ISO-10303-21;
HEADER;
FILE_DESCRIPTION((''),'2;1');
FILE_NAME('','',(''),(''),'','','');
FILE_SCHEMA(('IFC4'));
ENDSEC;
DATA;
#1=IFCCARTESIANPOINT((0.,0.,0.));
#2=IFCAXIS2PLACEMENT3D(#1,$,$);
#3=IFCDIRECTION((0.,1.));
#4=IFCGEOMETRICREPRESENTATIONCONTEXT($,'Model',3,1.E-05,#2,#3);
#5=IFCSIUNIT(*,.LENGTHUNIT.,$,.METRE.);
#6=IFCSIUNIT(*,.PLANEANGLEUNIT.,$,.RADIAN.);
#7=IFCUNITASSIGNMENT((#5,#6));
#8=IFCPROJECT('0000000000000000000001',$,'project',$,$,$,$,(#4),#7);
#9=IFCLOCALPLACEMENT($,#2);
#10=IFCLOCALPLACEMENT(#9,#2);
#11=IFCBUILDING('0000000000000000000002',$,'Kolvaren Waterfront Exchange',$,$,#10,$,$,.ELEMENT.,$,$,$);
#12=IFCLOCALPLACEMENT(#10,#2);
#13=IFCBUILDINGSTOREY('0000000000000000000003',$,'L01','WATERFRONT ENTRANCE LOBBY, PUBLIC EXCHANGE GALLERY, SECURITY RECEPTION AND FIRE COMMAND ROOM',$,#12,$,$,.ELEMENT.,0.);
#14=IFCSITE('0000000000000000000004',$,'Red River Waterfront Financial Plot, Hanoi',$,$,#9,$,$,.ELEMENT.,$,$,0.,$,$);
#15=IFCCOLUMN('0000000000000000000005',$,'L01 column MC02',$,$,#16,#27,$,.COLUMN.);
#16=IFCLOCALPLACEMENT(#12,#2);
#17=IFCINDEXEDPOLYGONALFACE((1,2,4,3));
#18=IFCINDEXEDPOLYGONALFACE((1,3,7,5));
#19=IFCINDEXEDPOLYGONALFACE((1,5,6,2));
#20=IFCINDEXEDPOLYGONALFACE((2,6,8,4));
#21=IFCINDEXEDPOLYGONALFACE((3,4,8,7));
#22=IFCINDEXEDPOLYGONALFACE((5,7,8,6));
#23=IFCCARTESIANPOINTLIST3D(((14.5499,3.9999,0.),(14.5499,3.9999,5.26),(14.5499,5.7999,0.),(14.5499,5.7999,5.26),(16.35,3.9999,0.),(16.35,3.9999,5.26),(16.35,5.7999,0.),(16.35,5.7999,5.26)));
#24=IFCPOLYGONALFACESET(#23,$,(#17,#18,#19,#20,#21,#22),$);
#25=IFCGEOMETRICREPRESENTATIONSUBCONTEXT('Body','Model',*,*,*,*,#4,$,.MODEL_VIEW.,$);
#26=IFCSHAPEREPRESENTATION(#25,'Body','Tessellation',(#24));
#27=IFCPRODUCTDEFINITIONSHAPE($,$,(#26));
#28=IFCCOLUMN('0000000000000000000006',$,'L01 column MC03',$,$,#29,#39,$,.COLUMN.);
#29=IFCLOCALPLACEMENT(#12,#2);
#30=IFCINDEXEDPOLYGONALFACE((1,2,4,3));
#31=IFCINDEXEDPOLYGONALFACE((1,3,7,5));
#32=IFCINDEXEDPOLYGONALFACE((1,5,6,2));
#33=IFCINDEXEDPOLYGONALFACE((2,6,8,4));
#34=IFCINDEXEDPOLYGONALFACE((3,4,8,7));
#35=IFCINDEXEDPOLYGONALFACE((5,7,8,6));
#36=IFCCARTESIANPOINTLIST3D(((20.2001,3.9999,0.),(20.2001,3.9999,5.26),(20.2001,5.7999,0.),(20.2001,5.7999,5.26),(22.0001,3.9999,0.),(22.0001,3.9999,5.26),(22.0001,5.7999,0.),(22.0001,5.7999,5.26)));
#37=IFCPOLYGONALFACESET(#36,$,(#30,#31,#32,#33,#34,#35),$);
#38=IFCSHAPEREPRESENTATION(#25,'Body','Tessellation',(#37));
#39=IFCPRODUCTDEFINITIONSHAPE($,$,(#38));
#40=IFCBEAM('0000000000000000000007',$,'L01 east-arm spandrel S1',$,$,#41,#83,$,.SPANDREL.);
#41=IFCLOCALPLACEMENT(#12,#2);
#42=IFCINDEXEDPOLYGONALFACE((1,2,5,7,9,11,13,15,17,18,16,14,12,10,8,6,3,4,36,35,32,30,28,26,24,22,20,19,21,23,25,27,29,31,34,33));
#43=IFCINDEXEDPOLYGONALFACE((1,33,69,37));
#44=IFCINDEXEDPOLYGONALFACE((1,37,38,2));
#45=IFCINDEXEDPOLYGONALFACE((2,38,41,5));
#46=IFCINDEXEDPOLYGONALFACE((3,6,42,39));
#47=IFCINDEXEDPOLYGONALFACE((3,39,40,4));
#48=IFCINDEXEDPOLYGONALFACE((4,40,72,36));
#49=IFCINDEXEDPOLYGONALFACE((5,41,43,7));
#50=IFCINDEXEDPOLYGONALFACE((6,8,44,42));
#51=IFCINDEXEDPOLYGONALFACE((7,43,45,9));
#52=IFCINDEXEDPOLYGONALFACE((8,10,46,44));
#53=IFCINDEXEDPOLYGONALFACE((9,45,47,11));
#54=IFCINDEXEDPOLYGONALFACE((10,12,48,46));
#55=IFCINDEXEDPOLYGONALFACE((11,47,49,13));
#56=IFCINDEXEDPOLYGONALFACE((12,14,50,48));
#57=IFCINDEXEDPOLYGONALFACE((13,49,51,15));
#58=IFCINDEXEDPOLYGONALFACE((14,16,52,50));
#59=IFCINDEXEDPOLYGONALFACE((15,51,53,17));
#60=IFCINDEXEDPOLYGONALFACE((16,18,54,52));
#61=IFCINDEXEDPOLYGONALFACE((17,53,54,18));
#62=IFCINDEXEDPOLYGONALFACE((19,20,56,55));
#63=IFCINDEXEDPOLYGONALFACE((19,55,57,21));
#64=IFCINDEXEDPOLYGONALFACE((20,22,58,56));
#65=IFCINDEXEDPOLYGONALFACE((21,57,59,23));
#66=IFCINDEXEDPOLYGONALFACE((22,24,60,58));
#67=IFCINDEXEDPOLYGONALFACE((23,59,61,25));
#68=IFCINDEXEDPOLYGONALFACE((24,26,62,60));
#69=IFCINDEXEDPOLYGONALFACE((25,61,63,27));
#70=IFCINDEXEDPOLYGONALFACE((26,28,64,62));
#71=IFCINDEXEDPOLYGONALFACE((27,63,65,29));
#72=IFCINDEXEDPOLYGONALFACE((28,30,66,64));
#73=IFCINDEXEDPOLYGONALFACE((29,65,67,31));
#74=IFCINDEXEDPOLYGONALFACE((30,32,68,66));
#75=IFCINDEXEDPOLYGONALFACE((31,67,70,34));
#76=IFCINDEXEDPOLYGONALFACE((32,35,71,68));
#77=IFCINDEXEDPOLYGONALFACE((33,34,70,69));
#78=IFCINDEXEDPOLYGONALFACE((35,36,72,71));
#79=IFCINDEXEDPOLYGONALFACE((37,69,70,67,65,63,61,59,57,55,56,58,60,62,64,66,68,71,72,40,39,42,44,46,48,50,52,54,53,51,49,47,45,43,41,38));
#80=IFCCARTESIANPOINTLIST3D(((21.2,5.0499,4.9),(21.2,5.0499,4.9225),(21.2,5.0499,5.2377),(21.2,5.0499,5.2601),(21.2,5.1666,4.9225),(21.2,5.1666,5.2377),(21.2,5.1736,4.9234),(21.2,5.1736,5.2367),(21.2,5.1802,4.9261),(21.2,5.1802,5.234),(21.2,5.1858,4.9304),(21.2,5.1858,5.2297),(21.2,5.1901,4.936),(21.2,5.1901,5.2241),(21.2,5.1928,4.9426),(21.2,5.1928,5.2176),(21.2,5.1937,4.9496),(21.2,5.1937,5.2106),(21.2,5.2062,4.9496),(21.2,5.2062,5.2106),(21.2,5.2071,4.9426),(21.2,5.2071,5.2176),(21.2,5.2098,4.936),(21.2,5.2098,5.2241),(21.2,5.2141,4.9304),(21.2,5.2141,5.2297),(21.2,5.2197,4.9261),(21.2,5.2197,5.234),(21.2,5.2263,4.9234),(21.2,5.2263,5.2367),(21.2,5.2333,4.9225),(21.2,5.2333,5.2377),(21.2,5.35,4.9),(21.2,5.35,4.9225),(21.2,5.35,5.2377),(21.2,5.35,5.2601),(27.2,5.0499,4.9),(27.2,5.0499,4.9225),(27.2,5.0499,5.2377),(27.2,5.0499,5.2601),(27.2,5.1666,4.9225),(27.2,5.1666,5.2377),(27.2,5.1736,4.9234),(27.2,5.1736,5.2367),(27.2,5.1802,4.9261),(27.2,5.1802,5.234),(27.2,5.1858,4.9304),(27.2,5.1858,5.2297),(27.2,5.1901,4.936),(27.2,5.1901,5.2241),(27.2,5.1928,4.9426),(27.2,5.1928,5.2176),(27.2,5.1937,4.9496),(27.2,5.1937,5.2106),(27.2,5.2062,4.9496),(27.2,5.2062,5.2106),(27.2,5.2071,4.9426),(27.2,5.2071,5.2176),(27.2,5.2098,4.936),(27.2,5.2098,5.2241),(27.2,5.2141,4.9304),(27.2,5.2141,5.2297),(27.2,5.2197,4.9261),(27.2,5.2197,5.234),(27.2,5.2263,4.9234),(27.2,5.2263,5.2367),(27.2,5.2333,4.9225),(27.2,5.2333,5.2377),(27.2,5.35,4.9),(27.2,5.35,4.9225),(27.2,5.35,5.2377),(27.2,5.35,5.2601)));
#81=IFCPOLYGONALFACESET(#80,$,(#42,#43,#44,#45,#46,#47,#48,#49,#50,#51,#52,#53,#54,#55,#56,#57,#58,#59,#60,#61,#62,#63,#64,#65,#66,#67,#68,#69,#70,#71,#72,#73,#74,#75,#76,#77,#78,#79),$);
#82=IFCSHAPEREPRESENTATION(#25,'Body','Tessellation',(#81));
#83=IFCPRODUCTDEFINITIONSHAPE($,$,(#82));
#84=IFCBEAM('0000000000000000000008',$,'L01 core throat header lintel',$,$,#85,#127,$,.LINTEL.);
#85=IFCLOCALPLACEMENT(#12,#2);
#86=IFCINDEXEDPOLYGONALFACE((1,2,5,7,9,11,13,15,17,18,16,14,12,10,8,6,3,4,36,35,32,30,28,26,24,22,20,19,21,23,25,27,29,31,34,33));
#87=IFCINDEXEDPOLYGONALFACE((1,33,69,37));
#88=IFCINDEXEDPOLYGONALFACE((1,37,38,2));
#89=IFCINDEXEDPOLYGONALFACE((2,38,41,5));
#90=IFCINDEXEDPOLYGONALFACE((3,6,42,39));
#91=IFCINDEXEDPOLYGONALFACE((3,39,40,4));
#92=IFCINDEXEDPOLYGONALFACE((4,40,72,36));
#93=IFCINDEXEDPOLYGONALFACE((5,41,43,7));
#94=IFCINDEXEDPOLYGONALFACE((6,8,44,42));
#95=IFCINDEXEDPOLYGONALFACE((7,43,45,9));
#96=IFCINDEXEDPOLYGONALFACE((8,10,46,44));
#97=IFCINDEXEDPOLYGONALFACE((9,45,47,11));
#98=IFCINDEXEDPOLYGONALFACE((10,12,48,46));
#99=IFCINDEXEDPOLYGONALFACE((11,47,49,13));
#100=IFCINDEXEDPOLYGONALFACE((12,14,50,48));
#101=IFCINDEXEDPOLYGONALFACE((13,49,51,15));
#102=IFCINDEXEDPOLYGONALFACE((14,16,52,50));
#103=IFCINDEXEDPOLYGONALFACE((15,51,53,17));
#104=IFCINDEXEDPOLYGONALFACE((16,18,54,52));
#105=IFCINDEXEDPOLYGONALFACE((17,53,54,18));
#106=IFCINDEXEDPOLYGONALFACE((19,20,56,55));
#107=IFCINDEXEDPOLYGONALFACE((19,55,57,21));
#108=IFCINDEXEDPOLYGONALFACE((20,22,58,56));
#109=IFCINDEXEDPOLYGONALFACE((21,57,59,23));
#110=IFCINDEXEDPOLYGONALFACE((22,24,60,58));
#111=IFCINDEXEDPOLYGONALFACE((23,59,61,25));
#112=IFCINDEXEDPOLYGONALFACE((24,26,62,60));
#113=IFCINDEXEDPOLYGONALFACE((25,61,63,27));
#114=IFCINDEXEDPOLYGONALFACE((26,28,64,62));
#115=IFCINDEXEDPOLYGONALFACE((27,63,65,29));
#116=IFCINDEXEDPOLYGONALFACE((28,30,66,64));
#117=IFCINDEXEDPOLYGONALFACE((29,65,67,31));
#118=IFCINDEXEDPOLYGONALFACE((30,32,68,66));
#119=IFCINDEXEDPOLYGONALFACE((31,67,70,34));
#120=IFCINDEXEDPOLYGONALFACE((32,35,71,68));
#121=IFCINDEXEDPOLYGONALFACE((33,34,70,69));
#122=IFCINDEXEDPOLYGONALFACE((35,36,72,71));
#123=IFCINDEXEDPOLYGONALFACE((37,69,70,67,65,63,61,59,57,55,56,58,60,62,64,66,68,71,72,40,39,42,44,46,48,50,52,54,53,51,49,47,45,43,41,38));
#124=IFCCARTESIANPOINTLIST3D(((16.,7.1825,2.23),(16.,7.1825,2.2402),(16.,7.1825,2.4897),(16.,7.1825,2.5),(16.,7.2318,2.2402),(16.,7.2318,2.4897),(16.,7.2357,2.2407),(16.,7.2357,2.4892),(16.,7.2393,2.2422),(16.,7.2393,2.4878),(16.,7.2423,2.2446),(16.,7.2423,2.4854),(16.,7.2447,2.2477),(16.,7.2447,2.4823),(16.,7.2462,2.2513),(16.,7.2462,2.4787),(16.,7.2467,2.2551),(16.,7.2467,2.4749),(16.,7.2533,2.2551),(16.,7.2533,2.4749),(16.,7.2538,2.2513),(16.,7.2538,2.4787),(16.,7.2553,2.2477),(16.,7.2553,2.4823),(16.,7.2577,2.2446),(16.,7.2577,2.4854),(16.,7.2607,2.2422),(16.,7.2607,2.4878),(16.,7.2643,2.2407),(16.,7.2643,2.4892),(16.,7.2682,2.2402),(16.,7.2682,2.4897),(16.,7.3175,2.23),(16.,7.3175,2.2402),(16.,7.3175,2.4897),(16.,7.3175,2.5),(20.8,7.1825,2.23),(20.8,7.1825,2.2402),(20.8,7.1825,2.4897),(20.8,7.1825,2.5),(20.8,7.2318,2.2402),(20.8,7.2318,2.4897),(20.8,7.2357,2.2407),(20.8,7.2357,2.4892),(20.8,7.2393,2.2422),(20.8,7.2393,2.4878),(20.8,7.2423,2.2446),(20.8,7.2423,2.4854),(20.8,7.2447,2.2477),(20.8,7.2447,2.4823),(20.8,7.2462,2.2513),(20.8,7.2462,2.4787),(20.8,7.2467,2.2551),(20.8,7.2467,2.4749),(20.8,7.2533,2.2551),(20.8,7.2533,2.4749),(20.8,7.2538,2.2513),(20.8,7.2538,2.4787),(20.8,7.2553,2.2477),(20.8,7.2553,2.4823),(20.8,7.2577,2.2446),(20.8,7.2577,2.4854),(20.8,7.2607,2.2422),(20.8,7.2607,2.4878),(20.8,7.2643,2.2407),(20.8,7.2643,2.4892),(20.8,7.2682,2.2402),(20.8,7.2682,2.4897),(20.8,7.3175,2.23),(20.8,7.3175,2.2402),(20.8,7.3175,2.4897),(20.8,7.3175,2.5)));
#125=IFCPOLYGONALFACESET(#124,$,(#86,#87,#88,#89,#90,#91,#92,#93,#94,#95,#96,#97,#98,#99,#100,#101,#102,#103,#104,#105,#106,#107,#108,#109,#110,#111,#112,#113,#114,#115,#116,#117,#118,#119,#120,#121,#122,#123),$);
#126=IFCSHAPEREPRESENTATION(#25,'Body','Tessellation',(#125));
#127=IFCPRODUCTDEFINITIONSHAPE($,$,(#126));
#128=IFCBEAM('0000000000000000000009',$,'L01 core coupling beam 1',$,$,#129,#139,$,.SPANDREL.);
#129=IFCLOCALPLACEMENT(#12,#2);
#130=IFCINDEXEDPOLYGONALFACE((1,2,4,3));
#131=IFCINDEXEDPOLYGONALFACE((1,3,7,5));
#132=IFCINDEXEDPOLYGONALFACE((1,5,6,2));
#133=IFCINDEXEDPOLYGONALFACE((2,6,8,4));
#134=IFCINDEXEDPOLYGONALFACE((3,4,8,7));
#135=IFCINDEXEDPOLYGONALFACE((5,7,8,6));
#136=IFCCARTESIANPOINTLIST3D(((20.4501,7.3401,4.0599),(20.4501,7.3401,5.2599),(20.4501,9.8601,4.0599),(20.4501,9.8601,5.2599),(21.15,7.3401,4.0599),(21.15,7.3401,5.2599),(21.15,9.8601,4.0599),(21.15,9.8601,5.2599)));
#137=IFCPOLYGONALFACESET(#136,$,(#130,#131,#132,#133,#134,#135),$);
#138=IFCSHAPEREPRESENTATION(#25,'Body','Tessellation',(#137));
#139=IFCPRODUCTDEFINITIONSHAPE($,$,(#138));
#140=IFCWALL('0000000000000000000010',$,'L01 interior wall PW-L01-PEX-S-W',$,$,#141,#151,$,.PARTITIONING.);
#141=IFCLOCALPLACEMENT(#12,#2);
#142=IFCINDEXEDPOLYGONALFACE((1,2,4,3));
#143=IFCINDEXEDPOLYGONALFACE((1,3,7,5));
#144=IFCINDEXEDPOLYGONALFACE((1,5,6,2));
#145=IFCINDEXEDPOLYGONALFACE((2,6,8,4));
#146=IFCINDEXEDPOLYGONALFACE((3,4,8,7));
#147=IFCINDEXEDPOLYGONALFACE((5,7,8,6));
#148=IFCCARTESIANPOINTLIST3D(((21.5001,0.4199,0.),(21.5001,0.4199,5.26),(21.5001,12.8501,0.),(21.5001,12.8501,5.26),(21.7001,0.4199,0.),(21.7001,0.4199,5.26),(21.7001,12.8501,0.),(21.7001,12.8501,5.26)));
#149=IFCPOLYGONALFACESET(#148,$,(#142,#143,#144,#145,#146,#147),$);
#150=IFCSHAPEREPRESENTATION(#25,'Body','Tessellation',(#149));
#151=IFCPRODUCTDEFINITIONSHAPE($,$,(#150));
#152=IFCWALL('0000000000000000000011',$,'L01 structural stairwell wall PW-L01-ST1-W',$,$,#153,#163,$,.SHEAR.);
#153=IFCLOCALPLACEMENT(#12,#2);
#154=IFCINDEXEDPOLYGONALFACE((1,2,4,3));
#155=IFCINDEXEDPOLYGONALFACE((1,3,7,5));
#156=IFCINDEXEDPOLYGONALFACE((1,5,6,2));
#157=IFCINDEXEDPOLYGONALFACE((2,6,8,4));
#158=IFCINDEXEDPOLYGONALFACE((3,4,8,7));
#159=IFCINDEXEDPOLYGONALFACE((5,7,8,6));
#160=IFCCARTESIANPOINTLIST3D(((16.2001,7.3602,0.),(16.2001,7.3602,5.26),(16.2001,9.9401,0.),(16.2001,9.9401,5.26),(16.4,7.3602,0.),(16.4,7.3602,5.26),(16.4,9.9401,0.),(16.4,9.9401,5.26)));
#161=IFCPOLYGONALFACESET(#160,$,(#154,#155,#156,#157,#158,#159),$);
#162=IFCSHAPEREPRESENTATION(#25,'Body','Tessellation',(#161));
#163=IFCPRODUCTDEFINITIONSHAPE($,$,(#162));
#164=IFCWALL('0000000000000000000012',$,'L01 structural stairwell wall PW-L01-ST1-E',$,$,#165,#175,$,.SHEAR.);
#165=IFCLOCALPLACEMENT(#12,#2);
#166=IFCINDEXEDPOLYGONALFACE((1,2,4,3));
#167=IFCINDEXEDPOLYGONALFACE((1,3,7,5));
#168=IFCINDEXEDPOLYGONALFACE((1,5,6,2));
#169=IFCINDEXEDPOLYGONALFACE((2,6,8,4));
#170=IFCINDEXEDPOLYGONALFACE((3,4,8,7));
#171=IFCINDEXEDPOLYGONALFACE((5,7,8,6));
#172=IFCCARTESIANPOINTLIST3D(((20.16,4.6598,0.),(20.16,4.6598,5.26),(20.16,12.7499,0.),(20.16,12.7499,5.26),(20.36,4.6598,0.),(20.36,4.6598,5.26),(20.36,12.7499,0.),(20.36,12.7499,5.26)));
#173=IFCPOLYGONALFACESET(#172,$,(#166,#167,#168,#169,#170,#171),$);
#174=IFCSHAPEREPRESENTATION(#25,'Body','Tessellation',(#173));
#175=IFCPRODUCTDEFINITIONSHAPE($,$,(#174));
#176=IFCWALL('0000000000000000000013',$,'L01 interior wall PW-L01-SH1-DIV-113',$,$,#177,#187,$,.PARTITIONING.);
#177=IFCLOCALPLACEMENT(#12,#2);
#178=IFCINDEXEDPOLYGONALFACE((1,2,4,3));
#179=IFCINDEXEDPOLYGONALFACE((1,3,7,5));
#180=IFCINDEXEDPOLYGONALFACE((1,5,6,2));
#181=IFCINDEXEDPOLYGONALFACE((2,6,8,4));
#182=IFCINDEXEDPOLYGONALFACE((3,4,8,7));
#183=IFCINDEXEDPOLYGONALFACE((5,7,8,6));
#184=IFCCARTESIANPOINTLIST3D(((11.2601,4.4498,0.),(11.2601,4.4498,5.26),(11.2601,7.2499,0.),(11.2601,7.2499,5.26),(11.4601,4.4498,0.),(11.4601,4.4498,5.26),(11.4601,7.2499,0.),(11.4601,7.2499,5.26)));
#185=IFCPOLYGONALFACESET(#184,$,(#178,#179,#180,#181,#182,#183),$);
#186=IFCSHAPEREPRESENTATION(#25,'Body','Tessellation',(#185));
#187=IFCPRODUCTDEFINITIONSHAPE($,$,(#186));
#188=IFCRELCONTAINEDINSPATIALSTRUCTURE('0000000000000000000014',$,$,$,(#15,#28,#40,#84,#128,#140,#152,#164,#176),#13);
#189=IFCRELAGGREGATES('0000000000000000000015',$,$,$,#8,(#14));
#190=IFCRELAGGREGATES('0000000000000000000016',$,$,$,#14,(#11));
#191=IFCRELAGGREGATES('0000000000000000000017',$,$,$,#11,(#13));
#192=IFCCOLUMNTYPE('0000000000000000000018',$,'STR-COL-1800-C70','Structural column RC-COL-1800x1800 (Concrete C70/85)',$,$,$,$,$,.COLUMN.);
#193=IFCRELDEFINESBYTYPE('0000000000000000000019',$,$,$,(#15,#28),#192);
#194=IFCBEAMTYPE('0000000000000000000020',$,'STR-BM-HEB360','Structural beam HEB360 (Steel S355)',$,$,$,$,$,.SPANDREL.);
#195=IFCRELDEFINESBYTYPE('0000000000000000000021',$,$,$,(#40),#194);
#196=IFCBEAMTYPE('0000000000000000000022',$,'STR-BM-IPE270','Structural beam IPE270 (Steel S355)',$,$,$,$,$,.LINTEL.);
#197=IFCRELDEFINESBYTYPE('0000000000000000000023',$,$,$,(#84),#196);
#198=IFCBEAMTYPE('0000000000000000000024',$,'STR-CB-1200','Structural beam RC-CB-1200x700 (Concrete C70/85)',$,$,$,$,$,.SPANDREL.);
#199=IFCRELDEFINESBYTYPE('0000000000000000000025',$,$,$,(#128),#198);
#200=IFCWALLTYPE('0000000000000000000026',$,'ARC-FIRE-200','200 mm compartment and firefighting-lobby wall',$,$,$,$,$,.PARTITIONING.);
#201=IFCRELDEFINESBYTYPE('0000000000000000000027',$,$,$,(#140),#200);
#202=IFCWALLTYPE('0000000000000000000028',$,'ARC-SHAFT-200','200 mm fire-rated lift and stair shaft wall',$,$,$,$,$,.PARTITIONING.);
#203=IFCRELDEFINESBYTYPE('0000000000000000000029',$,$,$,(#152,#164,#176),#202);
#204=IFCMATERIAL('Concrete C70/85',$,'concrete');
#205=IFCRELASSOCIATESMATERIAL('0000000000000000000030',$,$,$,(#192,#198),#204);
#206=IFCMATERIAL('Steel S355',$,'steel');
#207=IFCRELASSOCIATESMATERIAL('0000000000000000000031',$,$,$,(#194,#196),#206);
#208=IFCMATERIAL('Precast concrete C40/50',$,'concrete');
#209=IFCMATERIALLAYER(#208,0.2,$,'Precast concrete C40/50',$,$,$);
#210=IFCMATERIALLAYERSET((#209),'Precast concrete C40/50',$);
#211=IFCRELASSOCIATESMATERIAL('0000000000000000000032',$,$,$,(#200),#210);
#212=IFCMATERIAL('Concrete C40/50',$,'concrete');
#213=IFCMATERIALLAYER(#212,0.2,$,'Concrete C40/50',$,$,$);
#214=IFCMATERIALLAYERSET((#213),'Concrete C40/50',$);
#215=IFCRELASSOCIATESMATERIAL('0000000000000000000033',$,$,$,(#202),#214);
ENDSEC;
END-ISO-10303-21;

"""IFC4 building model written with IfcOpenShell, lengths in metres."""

from ifc_helpers import new_model, si_unit, direction, frame, frame_2d, origin, origin_2d, place, context, subcontext, project, spatial, rectangle, i_section, extrude, material, layer, layer_set, material_profile, profile_set, type_object, element, save


model = new_model("IFC4")

# Units and contexts
model_context = context("Model", 3, precision=1e-05, world=origin(), true_north=direction((0.0, 1.0)))
body_context = subcontext(model_context, "Body", "Model", "MODEL_VIEW")
ifc_project = project(units=[si_unit("LENGTHUNIT", "METRE"), si_unit("PLANEANGLEUNIT", "RADIAN")], contexts=[model_context])

# Site, building, storey
site_placement = place(None, origin())
site = spatial("IfcSite", under=ifc_project, at=site_placement, Name="Red River Waterfront Financial Plot, Hanoi", CompositionType="ELEMENT", RefElevation=0.0)
building_placement = place(site_placement, origin())
building = spatial("IfcBuilding", under=site, at=building_placement, Name="Kolvaren Waterfront Exchange", CompositionType="ELEMENT")
storey_placement = place(building_placement, origin())
storey = spatial("IfcBuildingStorey", under=building, at=storey_placement, Name="L01", Description="WATERFRONT ENTRANCE LOBBY, PUBLIC EXCHANGE GALLERY, SECURITY RECEPTION AND FIRE COMMAND ROOM", CompositionType="ELEMENT", Elevation=0.0)

# Columns
ifc_material_1 = material(Name="Concrete C70/85", Category="concrete")
ifc_material_profile_1 = material_profile(ifc_material_1, rectangle(XDim=1.8, YDim=1.8, at=origin_2d()), Name="RC-COL-1800x1800")
ifc_profile_set_1 = profile_set([ifc_material_profile_1], Name="Concrete C70/85")
column_type = type_object("IfcColumnType", Name="STR-COL-1800-C70", Description="Structural column RC-COL-1800x1800 (Concrete C70/85)", PredefinedType="COLUMN", material=ifc_profile_set_1)
for number, where, z_axis, x_axis, name in (
    (1, (15.45, 4.8999, 0.0), (0.0, 0.0, 1.0), (1.0, 0.0, 0.0), "L01 column MC02"),
    (2, (21.1001, 4.8999, 0.0), (0.0, 0.0, 1.0), (1.0, 0.0, 0.0), "L01 column MC03"),
):
    element("IfcColumn", number, at=place(storey_placement, frame(where, z_axis=z_axis, x_axis=x_axis)), inside=storey, type_object=column_type, Name=name, PredefinedType="COLUMN", context=body_context, shape_type="SweptSolid", body=[
        extrude(rectangle(XDim=1.8, YDim=1.8, at=origin_2d()), origin(), (0.0, 0.0, 1.0), 5.26),
    ])

# Beams
ifc_material_2 = material(Name="Steel S355", Category="steel")
ifc_material_profile_2 = material_profile(ifc_material_2, i_section(OverallWidth=0.3, OverallDepth=0.3601, WebThickness=0.0125, FlangeThickness=0.0225, FilletRadius=0.0271, at=origin_2d()), Name="HEB360")
ifc_profile_set_2 = profile_set([ifc_material_profile_2], Name="Steel S355")
beam_type_1 = type_object("IfcBeamType", Name="STR-BM-HEB360", Description="Structural beam HEB360 (Steel S355)", PredefinedType="SPANDREL", material=ifc_profile_set_2)
beam_1_placement = place(storey_placement, frame((21.2, 5.2, 5.0801), z_axis=(1.0, 0.0, 0.0), x_axis=(0.0, 1.0, 0.0)))
element("IfcBeam", 3, at=beam_1_placement, inside=storey, type_object=beam_type_1, Name="L01 east-arm spandrel S1", PredefinedType="SPANDREL", context=body_context, shape_type="SweptSolid", body=[
    extrude(i_section(OverallWidth=0.3, OverallDepth=0.3601, WebThickness=0.0125, FlangeThickness=0.0225, FilletRadius=0.0271, at=origin_2d()), origin(), (0.0, 0.0, 1.0), 6.0),
])
ifc_material_profile_3 = material_profile(ifc_material_2, i_section(OverallWidth=0.135, OverallDepth=0.27, WebThickness=0.0066, FlangeThickness=0.0103, FilletRadius=0.0149, at=origin_2d()), Name="IPE270")
ifc_profile_set_3 = profile_set([ifc_material_profile_3], Name="Steel S355")
beam_type_2 = type_object("IfcBeamType", Name="STR-BM-IPE270", Description="Structural beam IPE270 (Steel S355)", PredefinedType="LINTEL", material=ifc_profile_set_3)
beam_2_placement = place(storey_placement, frame((16.0, 7.25, 2.365), z_axis=(1.0, 0.0, 0.0), x_axis=(0.0, 1.0, 0.0)))
element("IfcBeam", 4, at=beam_2_placement, inside=storey, type_object=beam_type_2, Name="L01 core throat header lintel", PredefinedType="LINTEL", context=body_context, shape_type="SweptSolid", body=[
    extrude(i_section(OverallWidth=0.135, OverallDepth=0.27, WebThickness=0.0066, FlangeThickness=0.0103, FilletRadius=0.0149, at=origin_2d()), origin(), (0.0, 0.0, 1.0), 4.8),
])
ifc_material_profile_4 = material_profile(ifc_material_1, rectangle(XDim=0.7, YDim=1.2, at=origin_2d()), Name="RC-CB-1200x700")
ifc_profile_set_4 = profile_set([ifc_material_profile_4], Name="Concrete C70/85")
beam_type_3 = type_object("IfcBeamType", Name="STR-CB-1200", Description="Structural beam RC-CB-1200x700 (Concrete C70/85)", PredefinedType="SPANDREL", material=ifc_profile_set_4)
beam_3_placement = place(storey_placement, frame((20.8, 7.3401, 4.6599), z_axis=(0.0, 1.0, 0.0), x_axis=(-1.0, 0.0, 0.0)))
element("IfcBeam", 5, at=beam_3_placement, inside=storey, type_object=beam_type_3, Name="L01 core coupling beam 1", PredefinedType="SPANDREL", context=body_context, shape_type="SweptSolid", body=[
    extrude(rectangle(XDim=0.7, YDim=1.2, at=origin_2d()), origin(), (0.0, 0.0, 1.0), 2.52),
])

# Walls
ifc_material_3 = material(Name="Precast concrete C40/50", Category="concrete")
ifc_layer_1 = layer(ifc_material_3, 0.2, Name="Precast concrete C40/50")
ifc_layer_set_1 = layer_set([ifc_layer_1], Name="Precast concrete C40/50")
wall_type_1 = type_object("IfcWallType", Name="ARC-FIRE-200", Description="200 mm compartment and firefighting-lobby wall", PredefinedType="PARTITIONING", material=ifc_layer_set_1)
wall_1_placement = place(storey_placement, frame((21.6001, 0.4199, 0.0), z_axis=(0.0, 0.0, 1.0), x_axis=(0.0, 1.0, 0.0)))
element("IfcWall", 6, at=wall_1_placement, inside=storey, type_object=wall_type_1, Name="L01 interior wall PW-L01-PEX-S-W", PredefinedType="PARTITIONING", context=body_context, shape_type="SweptSolid", body=[
    extrude(rectangle(XDim=12.4302, YDim=0.2, at=frame_2d((6.2151, 0.0))), origin(), (0.0, 0.0, 1.0), 5.26),
])
ifc_material_4 = material(Name="Concrete C40/50", Category="concrete")
ifc_layer_2 = layer(ifc_material_4, 0.2, Name="Concrete C40/50")
ifc_layer_set_2 = layer_set([ifc_layer_2], Name="Concrete C40/50")
wall_type_2 = type_object("IfcWallType", Name="ARC-SHAFT-200", Description="200 mm fire-rated lift and stair shaft wall", PredefinedType="PARTITIONING", material=ifc_layer_set_2)
wall_2_placement = place(storey_placement, frame((16.3, 7.3601, 0.0), z_axis=(0.0, 0.0, 1.0), x_axis=(0.0, 1.0, 0.0)))
element("IfcWall", 7, at=wall_2_placement, inside=storey, type_object=wall_type_2, Name="L01 structural stairwell wall PW-L01-ST1-W", PredefinedType="SHEAR", context=body_context, shape_type="SweptSolid", body=[
    extrude(rectangle(XDim=2.5798, YDim=0.2, at=frame_2d((1.29, 0.0))), origin(), (0.0, 0.0, 1.0), 5.26),
])
wall_3_placement = place(storey_placement, frame((20.26, 4.6599, 0.0), z_axis=(0.0, 0.0, 1.0), x_axis=(0.0, 1.0, 0.0)))
element("IfcWall", 8, at=wall_3_placement, inside=storey, type_object=wall_type_2, Name="L01 structural stairwell wall PW-L01-ST1-E", PredefinedType="SHEAR", context=body_context, shape_type="SweptSolid", body=[
    extrude(rectangle(XDim=8.0901, YDim=0.2, at=frame_2d((4.0449, 0.0))), origin(), (0.0, 0.0, 1.0), 5.26),
])
for number, where, z_axis, x_axis, name in (
    (9, (11.3601, 4.45, 0.0), (0.0, 0.0, 1.0), (0.0, 1.0, 0.0), "L01 interior wall PW-L01-SH1-DIV-113"),
):
    element("IfcWall", number, at=place(storey_placement, frame(where, z_axis=z_axis, x_axis=x_axis)), inside=storey, type_object=wall_type_2, Name=name, PredefinedType="PARTITIONING", context=body_context, shape_type="SweptSolid", body=[
        extrude(rectangle(XDim=2.8, YDim=0.2, at=frame_2d((1.3999, 0.0))), origin(), (0.0, 0.0, 1.0), 5.26),
    ])

save(model, "model.ifc")
